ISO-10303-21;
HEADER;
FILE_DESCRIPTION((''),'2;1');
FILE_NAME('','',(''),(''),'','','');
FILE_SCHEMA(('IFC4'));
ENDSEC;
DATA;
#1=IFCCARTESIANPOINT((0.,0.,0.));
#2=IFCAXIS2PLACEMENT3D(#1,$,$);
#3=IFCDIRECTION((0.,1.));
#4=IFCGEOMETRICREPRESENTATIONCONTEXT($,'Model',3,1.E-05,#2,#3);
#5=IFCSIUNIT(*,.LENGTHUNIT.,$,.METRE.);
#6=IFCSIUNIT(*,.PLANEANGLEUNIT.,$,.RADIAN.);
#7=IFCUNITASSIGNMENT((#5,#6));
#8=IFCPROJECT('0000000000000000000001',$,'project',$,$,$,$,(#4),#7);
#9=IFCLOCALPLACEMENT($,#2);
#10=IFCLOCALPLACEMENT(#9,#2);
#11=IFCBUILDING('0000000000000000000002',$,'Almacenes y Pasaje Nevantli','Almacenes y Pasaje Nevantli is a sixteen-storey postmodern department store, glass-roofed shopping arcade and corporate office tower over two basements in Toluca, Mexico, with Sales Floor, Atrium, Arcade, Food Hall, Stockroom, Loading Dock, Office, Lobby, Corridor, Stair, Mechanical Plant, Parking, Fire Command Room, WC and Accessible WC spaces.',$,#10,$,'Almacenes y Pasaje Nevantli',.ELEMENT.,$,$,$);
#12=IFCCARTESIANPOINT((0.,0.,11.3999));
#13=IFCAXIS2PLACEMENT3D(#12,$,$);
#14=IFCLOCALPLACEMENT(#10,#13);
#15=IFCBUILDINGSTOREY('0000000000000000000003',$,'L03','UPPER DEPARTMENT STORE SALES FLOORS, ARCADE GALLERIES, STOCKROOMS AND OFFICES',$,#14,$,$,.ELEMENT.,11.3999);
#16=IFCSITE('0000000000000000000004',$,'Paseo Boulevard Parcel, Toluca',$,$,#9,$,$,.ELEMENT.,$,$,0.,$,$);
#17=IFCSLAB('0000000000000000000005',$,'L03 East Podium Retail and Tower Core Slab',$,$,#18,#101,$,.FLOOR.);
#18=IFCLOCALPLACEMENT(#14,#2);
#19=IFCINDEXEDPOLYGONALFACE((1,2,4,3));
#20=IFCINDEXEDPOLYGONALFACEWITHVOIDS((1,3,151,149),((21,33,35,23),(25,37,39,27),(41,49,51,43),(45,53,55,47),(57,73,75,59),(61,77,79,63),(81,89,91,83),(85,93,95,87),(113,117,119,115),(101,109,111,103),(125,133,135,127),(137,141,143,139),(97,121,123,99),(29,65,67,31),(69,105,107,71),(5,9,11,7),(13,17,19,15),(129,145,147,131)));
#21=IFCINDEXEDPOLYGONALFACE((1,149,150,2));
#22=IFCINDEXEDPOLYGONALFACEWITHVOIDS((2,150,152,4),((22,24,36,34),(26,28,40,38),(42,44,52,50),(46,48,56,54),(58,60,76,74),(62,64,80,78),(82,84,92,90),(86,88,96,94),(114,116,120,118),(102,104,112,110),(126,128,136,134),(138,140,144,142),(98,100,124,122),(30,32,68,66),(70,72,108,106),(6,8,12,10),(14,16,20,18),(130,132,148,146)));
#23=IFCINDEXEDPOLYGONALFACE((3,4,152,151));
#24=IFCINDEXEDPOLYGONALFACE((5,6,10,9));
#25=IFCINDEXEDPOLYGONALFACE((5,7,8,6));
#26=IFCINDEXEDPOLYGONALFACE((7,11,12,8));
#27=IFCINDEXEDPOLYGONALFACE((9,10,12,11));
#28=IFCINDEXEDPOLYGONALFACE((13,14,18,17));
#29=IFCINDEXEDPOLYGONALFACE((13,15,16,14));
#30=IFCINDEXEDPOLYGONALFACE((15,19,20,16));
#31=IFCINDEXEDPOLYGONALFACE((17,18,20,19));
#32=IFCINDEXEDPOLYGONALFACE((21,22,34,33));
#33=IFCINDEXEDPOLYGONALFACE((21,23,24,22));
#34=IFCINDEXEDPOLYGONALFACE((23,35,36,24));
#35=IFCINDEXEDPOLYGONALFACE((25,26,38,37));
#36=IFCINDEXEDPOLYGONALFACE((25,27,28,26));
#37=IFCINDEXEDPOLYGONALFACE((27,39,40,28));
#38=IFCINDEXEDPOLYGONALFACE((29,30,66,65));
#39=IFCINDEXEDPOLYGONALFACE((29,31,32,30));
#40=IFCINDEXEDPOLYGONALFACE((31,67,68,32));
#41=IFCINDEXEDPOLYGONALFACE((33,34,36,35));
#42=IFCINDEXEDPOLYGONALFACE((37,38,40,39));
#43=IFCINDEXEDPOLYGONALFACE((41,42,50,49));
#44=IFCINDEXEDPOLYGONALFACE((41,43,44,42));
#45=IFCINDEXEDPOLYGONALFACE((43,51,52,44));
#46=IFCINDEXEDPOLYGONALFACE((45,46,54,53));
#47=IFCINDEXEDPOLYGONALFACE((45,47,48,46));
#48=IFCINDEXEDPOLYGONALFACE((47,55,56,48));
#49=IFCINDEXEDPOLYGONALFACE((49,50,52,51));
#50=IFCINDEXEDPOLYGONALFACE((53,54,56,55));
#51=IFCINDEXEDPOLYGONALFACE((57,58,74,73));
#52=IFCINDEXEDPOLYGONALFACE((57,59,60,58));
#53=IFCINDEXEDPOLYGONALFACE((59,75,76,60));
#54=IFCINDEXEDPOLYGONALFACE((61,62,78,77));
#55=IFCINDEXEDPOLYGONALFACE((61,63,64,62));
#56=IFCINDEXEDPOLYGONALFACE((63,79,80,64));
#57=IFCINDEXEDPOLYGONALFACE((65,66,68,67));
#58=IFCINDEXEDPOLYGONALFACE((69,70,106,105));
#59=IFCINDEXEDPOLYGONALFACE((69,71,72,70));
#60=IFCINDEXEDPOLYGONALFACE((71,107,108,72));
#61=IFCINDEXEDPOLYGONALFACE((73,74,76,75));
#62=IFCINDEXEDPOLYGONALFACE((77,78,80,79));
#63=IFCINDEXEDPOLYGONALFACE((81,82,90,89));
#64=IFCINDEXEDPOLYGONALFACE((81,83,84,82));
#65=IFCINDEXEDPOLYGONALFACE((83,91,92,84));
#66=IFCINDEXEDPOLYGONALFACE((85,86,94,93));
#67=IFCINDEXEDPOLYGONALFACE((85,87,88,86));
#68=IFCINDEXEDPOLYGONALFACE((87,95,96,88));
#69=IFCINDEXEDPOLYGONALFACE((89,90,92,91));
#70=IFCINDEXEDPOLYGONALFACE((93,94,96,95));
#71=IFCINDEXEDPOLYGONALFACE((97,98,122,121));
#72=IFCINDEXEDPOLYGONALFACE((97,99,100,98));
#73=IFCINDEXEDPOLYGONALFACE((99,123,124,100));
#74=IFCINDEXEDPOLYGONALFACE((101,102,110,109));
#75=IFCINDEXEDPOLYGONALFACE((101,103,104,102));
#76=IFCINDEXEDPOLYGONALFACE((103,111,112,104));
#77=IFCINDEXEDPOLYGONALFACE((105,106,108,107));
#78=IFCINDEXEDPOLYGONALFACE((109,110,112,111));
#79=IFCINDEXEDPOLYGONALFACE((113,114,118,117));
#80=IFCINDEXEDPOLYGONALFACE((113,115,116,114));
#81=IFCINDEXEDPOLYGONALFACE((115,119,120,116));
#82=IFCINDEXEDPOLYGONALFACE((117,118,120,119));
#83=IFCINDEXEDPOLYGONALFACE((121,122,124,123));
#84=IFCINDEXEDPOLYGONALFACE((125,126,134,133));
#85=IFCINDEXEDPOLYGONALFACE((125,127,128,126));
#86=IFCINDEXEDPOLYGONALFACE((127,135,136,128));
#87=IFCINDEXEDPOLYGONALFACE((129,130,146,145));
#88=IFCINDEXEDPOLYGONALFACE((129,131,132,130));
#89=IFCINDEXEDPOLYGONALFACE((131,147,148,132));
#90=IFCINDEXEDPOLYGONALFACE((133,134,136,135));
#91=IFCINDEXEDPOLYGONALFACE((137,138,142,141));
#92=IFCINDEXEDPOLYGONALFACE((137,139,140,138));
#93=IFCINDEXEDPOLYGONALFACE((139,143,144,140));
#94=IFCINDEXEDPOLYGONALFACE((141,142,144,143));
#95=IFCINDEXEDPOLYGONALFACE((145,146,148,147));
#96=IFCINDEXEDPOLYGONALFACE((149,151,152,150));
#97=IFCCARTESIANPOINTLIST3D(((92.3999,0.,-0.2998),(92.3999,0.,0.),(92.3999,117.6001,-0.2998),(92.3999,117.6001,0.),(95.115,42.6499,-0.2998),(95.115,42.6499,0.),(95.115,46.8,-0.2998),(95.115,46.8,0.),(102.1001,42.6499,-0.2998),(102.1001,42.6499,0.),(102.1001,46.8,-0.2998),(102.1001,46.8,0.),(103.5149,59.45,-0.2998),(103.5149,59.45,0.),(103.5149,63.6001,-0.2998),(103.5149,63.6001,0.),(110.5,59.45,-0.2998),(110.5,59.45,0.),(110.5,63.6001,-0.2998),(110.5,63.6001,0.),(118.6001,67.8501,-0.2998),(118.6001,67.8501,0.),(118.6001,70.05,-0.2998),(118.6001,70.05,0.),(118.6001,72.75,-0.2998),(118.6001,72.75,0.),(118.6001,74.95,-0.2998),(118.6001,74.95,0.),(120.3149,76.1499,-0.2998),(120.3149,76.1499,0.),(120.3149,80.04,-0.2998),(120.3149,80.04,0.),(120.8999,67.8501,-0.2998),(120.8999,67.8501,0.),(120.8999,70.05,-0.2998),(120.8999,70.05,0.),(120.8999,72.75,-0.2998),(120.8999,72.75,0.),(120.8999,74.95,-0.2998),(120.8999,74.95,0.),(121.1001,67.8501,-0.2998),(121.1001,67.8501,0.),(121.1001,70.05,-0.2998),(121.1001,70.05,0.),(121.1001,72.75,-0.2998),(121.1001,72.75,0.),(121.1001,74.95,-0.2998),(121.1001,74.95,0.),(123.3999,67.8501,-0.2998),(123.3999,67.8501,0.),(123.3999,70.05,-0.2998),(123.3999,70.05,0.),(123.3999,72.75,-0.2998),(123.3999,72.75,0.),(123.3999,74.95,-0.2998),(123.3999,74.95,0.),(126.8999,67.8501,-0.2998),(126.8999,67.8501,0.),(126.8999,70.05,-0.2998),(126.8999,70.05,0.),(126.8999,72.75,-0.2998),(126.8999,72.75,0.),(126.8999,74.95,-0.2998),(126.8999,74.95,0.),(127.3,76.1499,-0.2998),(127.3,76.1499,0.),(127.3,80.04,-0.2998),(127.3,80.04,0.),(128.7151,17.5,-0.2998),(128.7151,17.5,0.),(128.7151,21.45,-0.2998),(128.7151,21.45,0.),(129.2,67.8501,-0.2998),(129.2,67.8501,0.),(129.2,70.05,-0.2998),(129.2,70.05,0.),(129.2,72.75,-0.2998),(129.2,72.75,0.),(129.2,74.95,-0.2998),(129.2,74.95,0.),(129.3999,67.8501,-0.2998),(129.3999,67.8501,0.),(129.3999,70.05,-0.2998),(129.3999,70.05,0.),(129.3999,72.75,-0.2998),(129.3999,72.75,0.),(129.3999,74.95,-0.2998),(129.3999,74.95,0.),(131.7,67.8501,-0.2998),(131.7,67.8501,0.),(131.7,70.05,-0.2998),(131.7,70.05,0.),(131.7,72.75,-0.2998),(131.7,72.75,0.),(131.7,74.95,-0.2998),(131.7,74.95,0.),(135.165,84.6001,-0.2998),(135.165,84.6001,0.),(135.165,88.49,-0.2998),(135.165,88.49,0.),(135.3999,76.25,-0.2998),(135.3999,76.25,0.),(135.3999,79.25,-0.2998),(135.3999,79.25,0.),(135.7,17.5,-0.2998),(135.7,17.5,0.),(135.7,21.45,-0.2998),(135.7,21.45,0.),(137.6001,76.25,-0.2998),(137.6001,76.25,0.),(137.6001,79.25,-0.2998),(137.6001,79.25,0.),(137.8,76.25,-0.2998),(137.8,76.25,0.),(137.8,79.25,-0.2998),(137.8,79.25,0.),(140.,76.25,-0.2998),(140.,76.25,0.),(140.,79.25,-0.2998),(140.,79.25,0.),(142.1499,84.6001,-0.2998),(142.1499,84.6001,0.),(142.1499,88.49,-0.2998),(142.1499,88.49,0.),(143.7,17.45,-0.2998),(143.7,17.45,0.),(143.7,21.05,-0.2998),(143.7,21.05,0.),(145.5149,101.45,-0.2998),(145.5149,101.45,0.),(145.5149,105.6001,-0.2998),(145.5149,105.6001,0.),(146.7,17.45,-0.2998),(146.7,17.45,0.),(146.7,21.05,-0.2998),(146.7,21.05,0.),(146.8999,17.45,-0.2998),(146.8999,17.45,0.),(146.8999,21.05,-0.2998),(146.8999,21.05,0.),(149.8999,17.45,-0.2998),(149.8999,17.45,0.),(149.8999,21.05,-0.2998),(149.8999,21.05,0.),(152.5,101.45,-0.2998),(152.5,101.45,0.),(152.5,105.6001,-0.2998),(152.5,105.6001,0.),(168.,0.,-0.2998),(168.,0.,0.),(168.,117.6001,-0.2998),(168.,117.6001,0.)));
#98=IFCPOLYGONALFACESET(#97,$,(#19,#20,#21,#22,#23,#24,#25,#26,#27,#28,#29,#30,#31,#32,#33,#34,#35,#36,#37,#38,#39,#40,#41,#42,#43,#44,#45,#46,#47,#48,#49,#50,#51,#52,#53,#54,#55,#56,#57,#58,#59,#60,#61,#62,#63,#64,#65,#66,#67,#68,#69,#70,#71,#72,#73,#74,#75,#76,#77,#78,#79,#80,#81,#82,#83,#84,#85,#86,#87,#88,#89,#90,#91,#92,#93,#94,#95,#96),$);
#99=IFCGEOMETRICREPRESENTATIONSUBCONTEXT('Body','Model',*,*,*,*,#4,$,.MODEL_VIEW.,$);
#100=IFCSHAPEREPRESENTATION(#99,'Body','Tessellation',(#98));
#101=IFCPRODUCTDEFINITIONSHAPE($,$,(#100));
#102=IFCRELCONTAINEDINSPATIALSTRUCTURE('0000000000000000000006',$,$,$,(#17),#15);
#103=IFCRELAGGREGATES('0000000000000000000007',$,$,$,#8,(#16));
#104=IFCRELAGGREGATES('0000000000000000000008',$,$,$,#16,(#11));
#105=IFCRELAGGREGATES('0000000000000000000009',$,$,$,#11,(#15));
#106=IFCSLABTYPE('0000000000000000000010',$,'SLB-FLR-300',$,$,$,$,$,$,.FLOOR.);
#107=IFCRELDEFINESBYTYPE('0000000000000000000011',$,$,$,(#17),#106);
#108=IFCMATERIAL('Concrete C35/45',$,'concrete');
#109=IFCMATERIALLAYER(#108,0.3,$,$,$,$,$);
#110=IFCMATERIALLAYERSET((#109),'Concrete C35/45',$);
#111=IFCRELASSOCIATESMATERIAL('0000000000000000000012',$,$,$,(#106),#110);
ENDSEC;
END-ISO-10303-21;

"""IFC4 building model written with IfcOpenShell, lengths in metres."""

from ifc_helpers import new_model, si_unit, direction, frame, origin, place, context, subcontext, project, spatial, polyline, outline, extrude, material, layer, layer_set, type_object, element, save


model = new_model("IFC4")

# Units and contexts
model_context = context("Model", 3, precision=1e-05, world=origin(), true_north=direction((0.0, 1.0)))
body_context = subcontext(model_context, "Body", "Model", "MODEL_VIEW")
ifc_project = project(units=[si_unit("LENGTHUNIT", "METRE"), si_unit("PLANEANGLEUNIT", "RADIAN")], contexts=[model_context])

# Site, building, storey
site_placement = place(None, origin())
site = spatial("IfcSite", under=ifc_project, at=site_placement, Name="Paseo Boulevard Parcel, Toluca", CompositionType="ELEMENT", RefElevation=0.0)
building_placement = place(site_placement, origin())
building = spatial("IfcBuilding", under=site, at=building_placement, Name="Almacenes y Pasaje Nevantli", Description="Almacenes y Pasaje Nevantli is a sixteen-storey postmodern department store, glass-roofed shopping arcade and corporate office tower over two basements in Toluca, Mexico, with Sales Floor, Atrium, Arcade, Food Hall, Stockroom, Loading Dock, Office, Lobby, Corridor, Stair, Mechanical Plant, Parking, Fire Command Room, WC and Accessible WC spaces.", LongName="Almacenes y Pasaje Nevantli", CompositionType="ELEMENT")
storey_placement = place(building_placement, frame((0.0, 0.0, 11.3999)))
storey = spatial("IfcBuildingStorey", under=building, at=storey_placement, Name="L03", Description="UPPER DEPARTMENT STORE SALES FLOORS, ARCADE GALLERIES, STOCKROOMS AND OFFICES", CompositionType="ELEMENT", Elevation=11.3999)

# Slab
ifc_material_1 = material(Name="Concrete C35/45", Category="concrete")
ifc_layer_1 = layer(ifc_material_1, 0.3)
ifc_layer_set_1 = layer_set([ifc_layer_1], Name="Concrete C35/45")
slab_type_1 = type_object("IfcSlabType", Name="SLB-FLR-300", PredefinedType="FLOOR", material=ifc_layer_set_1)
slab_1_placement = place(storey_placement, frame((0.0, 0.0, -0.2998)))
element("IfcSlab", 1, at=slab_1_placement, inside=storey, type_object=slab_type_1, Name="L03 East Podium Retail and Tower Core Slab", PredefinedType="FLOOR", context=body_context, shape_type="SweptSolid", body=[
    extrude(outline(polyline([(92.3999, 0.0), (168.0, 0.0), (168.0, 117.6001), (92.3999, 117.6001), (92.3999, 0.0)]), holes=[polyline([(120.3149, 76.1499), (127.3, 76.1499), (127.3, 80.04), (120.3149, 80.04), (120.3149, 76.1499)]), polyline([(135.165, 84.6001), (142.1499, 84.6001), (142.1499, 88.49), (135.165, 88.49), (135.165, 84.6001)]), polyline([(128.7151, 17.5), (135.7, 17.5), (135.7, 21.45), (128.7151, 21.45), (128.7151, 17.5)]), polyline([(145.5149, 101.45), (152.5, 101.45), (152.5, 105.6001), (145.5149, 105.6001), (145.5149, 101.45)]), polyline([(95.115, 42.6499), (102.1001, 42.6499), (102.1001, 46.8), (95.115, 46.8), (95.115, 42.6499)]), polyline([(103.5149, 59.45), (110.5, 59.45), (110.5, 63.6001), (103.5149, 63.6001), (103.5149, 59.45)]), polyline([(126.8999, 67.8501), (129.2, 67.8501), (129.2, 70.05), (126.8999, 70.05), (126.8999, 67.8501)]), polyline([(129.3999, 67.8501), (131.7, 67.8501), (131.7, 70.05), (129.3999, 70.05), (129.3999, 67.8501)]), polyline([(126.8999, 72.75), (129.2, 72.75), (129.2, 74.95), (126.8999, 74.95), (126.8999, 72.75)]), polyline([(129.3999, 72.75), (131.7, 72.75), (131.7, 74.95), (129.3999, 74.95), (129.3999, 72.75)]), polyline([(118.6001, 67.8501), (120.8999, 67.8501), (120.8999, 70.05), (118.6001, 70.05), (118.6001, 67.8501)]), polyline([(121.1001, 67.8501), (123.3999, 67.8501), (123.3999, 70.05), (121.1001, 70.05), (121.1001, 67.8501)]), polyline([(118.6001, 72.75), (120.8999, 72.75), (120.8999, 74.95), (118.6001, 74.95), (118.6001, 72.75)]), polyline([(121.1001, 72.75), (123.3999, 72.75), (123.3999, 74.95), (121.1001, 74.95), (121.1001, 72.75)]), polyline([(135.3999, 76.25), (137.6001, 76.25), (137.6001, 79.25), (135.3999, 79.25), (135.3999, 76.25)]), polyline([(137.8, 76.25), (140.0, 76.25), (140.0, 79.25), (137.8, 79.25), (137.8, 76.25)]), polyline([(143.7, 17.45), (146.7, 17.45), (146.7, 21.05), (143.7, 21.05), (143.7, 17.45)]), polyline([(146.8999, 17.45), (149.8999, 17.45), (149.8999, 21.05), (146.8999, 21.05), (146.8999, 17.45)])]), origin(), (0.0, 0.0, 1.0), 0.2998),
])

save(model, "model.ifc")
